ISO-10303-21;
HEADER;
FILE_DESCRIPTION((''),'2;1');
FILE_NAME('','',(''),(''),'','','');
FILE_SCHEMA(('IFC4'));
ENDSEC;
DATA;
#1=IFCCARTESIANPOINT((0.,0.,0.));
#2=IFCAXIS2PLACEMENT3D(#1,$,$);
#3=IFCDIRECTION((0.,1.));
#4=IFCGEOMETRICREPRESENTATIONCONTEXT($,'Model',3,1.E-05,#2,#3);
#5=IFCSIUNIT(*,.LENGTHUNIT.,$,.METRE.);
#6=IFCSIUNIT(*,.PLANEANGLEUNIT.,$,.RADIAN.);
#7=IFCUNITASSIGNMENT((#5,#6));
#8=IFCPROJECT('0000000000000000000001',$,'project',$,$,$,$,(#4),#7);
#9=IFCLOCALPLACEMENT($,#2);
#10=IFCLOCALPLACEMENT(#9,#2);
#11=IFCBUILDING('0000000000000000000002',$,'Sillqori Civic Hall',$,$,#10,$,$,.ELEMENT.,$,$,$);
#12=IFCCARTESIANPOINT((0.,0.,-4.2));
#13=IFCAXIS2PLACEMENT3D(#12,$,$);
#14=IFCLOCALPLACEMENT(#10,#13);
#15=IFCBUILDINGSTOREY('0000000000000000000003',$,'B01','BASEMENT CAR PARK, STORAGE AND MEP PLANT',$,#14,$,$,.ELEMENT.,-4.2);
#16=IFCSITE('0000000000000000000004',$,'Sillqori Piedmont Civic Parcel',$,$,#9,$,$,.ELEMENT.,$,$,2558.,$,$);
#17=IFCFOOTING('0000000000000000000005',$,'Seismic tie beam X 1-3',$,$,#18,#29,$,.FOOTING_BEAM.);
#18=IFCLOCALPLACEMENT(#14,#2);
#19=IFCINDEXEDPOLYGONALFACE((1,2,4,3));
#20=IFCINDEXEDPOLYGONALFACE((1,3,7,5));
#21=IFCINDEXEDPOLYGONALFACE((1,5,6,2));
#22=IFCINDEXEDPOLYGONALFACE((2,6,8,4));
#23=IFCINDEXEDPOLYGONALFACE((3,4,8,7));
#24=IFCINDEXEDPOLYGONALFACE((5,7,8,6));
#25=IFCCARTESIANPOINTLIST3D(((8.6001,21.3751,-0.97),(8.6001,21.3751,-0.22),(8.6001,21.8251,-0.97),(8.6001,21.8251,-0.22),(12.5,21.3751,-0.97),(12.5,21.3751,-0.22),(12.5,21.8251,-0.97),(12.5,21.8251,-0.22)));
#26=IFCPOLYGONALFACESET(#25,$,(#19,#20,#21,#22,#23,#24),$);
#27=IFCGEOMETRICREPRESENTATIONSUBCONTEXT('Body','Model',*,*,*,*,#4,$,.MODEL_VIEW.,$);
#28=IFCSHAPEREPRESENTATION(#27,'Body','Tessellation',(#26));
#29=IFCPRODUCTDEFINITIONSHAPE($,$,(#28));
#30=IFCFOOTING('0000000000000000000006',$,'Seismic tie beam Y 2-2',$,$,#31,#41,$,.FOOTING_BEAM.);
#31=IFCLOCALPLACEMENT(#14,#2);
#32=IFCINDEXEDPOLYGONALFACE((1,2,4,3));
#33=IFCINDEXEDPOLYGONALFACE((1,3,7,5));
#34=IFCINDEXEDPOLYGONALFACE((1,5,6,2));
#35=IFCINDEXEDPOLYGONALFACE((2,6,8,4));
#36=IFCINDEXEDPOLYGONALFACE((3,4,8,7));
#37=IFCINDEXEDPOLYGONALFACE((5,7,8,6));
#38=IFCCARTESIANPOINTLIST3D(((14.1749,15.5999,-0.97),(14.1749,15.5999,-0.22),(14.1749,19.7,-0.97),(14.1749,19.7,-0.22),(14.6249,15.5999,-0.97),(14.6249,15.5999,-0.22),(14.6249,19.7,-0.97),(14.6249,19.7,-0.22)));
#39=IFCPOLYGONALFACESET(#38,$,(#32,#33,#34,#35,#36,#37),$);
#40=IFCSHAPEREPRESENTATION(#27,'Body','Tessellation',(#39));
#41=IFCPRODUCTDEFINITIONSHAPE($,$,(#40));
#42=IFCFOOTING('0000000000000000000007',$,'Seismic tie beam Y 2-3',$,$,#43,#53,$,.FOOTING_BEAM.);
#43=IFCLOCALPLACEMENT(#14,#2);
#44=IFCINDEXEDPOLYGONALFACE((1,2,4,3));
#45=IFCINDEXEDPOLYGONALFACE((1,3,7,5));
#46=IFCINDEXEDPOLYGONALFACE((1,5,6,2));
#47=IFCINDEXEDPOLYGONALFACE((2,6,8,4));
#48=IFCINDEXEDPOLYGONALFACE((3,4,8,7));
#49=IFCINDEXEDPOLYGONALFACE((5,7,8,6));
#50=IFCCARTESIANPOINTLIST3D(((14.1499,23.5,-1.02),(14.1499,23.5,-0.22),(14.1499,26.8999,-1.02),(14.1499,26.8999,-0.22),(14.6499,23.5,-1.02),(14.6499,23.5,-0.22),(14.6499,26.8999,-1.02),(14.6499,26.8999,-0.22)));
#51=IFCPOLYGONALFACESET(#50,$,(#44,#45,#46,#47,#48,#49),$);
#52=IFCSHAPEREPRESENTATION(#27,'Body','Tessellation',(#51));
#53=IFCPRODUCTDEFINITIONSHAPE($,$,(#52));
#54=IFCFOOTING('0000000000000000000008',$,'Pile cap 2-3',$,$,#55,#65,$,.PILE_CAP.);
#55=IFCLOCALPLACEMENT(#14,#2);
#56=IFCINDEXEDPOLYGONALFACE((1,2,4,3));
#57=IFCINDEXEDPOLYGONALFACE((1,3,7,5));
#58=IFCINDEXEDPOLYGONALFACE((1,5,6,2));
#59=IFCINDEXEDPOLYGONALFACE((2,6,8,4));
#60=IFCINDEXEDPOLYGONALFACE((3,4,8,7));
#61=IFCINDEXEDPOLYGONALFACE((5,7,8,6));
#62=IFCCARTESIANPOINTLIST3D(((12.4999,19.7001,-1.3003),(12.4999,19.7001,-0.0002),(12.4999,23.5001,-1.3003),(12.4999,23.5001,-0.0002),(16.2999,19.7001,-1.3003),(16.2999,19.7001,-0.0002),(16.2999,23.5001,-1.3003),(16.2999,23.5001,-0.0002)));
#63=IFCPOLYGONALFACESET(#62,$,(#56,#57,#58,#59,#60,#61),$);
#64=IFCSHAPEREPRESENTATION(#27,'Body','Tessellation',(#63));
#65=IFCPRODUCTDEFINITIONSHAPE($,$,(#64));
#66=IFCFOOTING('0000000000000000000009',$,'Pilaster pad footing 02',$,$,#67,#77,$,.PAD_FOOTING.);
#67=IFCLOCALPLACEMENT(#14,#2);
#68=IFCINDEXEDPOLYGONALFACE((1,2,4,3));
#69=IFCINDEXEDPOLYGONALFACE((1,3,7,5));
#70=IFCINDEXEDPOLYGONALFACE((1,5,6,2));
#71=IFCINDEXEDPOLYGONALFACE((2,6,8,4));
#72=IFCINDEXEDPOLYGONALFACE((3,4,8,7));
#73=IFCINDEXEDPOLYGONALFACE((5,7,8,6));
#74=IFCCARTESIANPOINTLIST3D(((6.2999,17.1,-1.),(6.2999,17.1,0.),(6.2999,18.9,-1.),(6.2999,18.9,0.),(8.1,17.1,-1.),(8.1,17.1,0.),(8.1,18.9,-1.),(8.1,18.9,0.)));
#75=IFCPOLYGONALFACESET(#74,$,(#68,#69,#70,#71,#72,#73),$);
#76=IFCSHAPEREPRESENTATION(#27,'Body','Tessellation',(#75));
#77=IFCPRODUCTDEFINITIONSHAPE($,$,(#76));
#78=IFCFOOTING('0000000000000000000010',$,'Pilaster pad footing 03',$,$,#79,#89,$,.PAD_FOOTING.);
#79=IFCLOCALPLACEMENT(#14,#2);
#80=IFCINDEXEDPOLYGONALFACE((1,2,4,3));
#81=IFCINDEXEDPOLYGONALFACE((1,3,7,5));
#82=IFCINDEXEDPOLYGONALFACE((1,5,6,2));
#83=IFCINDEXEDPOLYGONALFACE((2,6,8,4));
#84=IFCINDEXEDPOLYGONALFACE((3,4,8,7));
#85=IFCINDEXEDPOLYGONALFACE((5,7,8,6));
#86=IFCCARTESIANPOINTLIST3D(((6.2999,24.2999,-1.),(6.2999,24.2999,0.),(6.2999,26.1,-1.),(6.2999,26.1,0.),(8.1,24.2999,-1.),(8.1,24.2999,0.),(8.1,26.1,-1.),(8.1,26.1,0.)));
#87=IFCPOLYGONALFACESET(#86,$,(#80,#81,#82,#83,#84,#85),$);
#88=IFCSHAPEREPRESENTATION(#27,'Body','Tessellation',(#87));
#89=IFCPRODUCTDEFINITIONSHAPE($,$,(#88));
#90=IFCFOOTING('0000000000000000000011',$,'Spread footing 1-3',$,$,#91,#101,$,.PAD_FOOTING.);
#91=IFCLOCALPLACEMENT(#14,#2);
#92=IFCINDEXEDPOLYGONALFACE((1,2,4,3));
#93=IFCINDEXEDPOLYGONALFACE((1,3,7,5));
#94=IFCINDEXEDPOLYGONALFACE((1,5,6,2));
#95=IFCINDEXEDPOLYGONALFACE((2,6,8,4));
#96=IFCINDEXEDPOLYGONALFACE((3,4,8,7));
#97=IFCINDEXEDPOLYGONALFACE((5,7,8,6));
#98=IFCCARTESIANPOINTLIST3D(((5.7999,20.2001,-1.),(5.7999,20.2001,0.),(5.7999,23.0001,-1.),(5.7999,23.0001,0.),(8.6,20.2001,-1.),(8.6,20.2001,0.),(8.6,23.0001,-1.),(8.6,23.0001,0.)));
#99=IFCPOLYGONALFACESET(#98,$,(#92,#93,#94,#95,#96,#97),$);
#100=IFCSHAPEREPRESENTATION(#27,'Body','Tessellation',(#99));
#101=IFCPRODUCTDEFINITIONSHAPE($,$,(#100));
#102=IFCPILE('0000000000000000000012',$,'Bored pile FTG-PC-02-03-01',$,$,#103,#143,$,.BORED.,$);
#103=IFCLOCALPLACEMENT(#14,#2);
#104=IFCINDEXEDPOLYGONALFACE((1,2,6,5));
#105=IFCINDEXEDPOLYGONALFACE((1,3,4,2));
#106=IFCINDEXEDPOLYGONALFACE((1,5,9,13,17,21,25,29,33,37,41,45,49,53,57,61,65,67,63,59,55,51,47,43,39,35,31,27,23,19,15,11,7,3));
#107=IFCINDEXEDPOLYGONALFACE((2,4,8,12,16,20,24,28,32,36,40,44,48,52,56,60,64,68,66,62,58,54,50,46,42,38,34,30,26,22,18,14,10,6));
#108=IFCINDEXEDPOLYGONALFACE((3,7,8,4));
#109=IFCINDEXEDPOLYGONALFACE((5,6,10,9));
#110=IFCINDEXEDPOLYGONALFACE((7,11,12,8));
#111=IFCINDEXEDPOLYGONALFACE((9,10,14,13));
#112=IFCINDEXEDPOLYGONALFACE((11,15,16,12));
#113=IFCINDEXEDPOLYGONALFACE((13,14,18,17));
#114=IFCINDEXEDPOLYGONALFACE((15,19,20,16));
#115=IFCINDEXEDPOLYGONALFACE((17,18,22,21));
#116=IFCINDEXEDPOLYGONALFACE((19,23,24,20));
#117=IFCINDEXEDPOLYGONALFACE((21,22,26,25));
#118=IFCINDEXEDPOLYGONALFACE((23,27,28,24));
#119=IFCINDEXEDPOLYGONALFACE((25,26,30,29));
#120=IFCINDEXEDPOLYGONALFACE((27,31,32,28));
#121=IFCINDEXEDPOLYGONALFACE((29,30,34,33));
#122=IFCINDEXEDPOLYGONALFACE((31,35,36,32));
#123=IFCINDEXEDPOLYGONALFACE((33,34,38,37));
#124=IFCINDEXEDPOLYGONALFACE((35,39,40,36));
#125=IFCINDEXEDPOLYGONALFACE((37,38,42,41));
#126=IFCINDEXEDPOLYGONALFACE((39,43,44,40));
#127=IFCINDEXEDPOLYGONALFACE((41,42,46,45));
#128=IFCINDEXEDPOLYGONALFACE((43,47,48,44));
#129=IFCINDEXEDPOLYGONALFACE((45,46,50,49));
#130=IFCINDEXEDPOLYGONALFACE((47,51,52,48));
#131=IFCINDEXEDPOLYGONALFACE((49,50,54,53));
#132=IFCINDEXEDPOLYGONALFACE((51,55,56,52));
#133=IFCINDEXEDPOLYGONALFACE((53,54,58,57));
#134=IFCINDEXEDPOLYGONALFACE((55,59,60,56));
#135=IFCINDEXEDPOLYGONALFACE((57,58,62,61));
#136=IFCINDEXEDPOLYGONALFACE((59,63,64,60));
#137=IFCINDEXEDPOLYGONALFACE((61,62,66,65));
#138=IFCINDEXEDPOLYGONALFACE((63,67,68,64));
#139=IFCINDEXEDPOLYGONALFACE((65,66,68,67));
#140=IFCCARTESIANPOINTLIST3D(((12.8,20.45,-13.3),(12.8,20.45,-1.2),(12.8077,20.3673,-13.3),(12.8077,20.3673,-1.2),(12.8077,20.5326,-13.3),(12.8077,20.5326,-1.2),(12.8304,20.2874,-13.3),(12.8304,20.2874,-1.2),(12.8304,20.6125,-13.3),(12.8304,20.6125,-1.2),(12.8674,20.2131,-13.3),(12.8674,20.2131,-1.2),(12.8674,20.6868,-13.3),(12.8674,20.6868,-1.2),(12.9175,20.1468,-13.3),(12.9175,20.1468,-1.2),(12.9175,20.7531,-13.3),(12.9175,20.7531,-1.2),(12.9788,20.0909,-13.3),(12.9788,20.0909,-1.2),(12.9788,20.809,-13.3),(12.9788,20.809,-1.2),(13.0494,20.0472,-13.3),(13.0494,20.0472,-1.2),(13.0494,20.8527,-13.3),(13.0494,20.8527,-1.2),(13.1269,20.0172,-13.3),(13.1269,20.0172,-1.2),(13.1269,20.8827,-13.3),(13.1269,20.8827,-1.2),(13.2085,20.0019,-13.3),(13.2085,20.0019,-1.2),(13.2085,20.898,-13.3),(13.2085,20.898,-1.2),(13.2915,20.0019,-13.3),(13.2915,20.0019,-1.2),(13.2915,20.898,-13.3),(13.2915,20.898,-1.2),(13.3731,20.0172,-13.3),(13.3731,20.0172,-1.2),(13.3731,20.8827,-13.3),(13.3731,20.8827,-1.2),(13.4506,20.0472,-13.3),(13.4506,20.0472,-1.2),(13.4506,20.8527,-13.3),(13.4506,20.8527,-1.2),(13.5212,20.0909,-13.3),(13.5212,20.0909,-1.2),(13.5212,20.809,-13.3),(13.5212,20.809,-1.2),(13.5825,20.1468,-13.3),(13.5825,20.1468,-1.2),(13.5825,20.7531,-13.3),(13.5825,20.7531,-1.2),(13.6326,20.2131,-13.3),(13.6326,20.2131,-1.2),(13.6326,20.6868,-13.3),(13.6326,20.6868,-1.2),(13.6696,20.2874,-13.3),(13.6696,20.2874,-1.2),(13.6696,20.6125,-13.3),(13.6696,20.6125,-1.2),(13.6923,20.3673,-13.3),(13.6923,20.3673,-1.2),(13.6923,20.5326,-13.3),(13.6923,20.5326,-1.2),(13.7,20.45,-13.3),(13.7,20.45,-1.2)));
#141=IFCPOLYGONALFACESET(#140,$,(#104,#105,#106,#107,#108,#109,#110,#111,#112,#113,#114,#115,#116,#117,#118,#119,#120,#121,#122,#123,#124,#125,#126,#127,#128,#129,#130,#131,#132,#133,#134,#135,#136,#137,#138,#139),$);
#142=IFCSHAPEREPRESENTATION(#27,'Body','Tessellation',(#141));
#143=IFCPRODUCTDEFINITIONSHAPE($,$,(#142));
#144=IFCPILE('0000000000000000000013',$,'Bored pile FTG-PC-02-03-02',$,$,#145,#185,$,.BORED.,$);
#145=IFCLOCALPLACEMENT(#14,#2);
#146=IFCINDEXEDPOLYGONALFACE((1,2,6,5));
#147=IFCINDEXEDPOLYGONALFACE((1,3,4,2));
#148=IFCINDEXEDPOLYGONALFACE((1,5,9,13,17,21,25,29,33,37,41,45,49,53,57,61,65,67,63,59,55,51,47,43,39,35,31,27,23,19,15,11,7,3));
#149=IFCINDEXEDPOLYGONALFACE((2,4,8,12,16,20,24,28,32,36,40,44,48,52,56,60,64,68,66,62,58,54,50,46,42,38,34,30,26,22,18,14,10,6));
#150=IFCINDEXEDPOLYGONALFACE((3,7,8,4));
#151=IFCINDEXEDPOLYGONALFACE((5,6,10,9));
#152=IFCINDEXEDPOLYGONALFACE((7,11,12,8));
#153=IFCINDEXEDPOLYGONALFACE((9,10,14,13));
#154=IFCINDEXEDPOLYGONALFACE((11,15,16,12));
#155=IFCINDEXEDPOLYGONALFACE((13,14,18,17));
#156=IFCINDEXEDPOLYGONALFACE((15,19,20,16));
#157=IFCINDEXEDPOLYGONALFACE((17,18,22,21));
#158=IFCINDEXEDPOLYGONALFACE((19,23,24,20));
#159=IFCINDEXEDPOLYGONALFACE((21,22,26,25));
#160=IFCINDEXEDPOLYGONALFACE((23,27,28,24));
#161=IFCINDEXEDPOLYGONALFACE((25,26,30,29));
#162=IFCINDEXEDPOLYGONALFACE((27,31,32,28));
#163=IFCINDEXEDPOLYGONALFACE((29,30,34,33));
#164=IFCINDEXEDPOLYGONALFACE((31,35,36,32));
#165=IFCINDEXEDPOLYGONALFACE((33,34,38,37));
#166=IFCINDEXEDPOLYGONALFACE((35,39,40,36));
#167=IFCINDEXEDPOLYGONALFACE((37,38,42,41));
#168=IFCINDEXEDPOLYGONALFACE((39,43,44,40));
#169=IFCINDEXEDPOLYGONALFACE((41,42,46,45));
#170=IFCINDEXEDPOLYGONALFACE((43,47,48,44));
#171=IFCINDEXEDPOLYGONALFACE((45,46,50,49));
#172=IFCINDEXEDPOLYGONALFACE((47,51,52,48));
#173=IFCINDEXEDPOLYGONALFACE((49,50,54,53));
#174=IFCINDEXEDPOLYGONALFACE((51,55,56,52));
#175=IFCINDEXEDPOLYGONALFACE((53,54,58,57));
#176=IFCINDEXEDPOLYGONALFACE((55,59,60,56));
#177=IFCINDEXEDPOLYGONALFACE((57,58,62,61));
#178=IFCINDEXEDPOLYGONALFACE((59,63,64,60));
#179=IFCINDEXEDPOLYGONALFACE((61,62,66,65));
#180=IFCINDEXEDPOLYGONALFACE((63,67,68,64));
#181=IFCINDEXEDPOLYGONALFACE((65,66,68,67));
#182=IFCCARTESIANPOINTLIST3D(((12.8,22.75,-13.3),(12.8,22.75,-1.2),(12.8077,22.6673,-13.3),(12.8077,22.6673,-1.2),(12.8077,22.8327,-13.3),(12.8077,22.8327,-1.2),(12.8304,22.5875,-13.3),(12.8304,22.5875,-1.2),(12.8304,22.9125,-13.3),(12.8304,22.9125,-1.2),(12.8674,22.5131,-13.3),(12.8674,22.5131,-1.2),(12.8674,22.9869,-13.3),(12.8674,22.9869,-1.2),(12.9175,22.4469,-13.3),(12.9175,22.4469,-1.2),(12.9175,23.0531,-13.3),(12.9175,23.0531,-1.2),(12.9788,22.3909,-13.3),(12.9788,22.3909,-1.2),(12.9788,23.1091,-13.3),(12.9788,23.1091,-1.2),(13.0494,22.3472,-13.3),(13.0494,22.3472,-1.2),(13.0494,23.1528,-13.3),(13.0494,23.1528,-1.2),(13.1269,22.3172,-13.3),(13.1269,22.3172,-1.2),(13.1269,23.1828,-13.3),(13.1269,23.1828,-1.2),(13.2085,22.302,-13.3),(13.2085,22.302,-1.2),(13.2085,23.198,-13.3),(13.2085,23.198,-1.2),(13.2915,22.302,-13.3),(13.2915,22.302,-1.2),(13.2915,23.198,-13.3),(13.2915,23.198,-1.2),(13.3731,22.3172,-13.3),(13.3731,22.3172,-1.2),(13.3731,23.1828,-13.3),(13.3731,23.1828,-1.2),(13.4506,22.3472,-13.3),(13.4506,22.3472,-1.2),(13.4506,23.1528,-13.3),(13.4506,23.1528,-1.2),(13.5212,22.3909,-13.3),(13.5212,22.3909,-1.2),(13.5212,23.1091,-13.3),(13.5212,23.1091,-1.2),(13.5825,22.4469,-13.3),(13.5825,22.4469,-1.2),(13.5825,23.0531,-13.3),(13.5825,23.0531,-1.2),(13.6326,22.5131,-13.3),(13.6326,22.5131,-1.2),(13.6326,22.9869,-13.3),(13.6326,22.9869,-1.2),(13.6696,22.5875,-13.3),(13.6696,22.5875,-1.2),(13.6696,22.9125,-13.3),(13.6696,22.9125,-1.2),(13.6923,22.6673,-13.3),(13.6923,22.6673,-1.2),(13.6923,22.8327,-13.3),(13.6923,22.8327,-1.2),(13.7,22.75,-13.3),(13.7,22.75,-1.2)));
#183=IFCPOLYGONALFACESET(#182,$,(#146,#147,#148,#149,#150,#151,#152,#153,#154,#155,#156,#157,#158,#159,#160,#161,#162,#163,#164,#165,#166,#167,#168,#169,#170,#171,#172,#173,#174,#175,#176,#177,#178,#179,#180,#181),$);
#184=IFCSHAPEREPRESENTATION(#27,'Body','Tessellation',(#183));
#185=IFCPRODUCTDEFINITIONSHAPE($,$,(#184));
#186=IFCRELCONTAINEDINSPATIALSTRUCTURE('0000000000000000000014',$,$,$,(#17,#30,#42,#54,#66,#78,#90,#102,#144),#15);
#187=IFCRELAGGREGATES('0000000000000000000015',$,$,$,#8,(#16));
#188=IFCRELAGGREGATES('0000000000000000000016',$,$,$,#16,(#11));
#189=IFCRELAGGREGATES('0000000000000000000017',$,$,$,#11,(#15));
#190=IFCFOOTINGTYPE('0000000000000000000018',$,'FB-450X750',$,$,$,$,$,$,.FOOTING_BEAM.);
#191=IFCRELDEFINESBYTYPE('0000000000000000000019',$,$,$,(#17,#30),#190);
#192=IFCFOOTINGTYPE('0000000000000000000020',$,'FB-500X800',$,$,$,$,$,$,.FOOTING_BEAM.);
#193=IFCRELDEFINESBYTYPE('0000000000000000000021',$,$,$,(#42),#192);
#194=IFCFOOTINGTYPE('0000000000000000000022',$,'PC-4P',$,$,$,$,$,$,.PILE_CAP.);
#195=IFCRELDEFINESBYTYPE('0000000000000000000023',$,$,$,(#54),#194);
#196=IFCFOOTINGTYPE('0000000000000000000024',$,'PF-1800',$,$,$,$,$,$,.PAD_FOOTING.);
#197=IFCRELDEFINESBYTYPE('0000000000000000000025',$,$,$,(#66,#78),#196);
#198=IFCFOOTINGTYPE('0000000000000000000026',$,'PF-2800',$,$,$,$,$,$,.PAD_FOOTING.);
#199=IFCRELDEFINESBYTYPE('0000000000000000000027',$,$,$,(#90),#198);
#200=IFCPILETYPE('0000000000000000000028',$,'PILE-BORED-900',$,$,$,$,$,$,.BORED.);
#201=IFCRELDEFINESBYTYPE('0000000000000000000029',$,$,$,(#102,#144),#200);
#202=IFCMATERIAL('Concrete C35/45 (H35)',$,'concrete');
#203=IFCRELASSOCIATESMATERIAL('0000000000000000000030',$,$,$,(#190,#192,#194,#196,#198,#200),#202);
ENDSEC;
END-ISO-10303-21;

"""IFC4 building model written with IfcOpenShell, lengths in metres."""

from ifc_helpers import new_model, si_unit, direction, frame, origin, origin_2d, place, context, subcontext, project, spatial, rectangle, circle, extrude, material, material_profile, profile_set, type_object, element, save


model = new_model("IFC4")

# Units and contexts
model_context = context("Model", 3, precision=1e-05, world=origin(), true_north=direction((0.0, 1.0)))
body_context = subcontext(model_context, "Body", "Model", "MODEL_VIEW")
ifc_project = project(units=[si_unit("LENGTHUNIT", "METRE"), si_unit("PLANEANGLEUNIT", "RADIAN")], contexts=[model_context])

# Site, building, storey
site_placement = place(None, origin())
site = spatial("IfcSite", under=ifc_project, at=site_placement, Name="Sillqori Piedmont Civic Parcel", CompositionType="ELEMENT", RefElevation=2558.0)
building_placement = place(site_placement, origin())
building = spatial("IfcBuilding", under=site, at=building_placement, Name="Sillqori Civic Hall", CompositionType="ELEMENT")
storey_placement = place(building_placement, frame((0.0, 0.0, -4.2)))
storey = spatial("IfcBuildingStorey", under=building, at=storey_placement, Name="B01", Description="BASEMENT CAR PARK, STORAGE AND MEP PLANT", CompositionType="ELEMENT", Elevation=-4.2)

# Footings
ifc_material = material(Name="Concrete C35/45 (H35)", Category="concrete")
footing_type_1 = type_object("IfcFootingType", Name="FB-450X750", PredefinedType="FOOTING_BEAM", material=ifc_material)
footing_1_placement = place(storey_placement, frame((10.55, 21.6001, -0.97), z_axis=(0.0, 0.0, 1.0), x_axis=(1.0, 0.0, 0.0)))
element("IfcFooting", 1, at=footing_1_placement, inside=storey, type_object=footing_type_1, Name="Seismic tie beam X 1-3", PredefinedType="FOOTING_BEAM", context=body_context, shape_type="SweptSolid", body=[
    extrude(rectangle(XDim=3.8999, YDim=0.45, at=origin_2d()), origin(), (0.0, 0.0, 1.0), 0.75),
])
footing_2_placement = place(storey_placement, frame((14.3999, 17.6499, -0.97), z_axis=(0.0, 0.0, 1.0), x_axis=(1.0, 0.0, 0.0)))
element("IfcFooting", 2, at=footing_2_placement, inside=storey, type_object=footing_type_1, Name="Seismic tie beam Y 2-2", PredefinedType="FOOTING_BEAM", context=body_context, shape_type="SweptSolid", body=[
    extrude(rectangle(XDim=0.45, YDim=4.1001, at=origin_2d()), origin(), (0.0, 0.0, 1.0), 0.75),
])
footing_type_2 = type_object("IfcFootingType", Name="FB-500X800", PredefinedType="FOOTING_BEAM", material=ifc_material)
footing_3_placement = place(storey_placement, frame((14.3999, 25.2, -1.02), z_axis=(0.0, 0.0, 1.0), x_axis=(1.0, 0.0, 0.0)))
element("IfcFooting", 3, at=footing_3_placement, inside=storey, type_object=footing_type_2, Name="Seismic tie beam Y 2-3", PredefinedType="FOOTING_BEAM", context=body_context, shape_type="SweptSolid", body=[
    extrude(rectangle(XDim=0.5, YDim=3.3999, at=origin_2d()), origin(), (0.0, 0.0, 1.0), 0.8),
])
footing_type_3 = type_object("IfcFootingType", Name="PC-4P", PredefinedType="PILE_CAP", material=ifc_material)
footing_4_placement = place(storey_placement, frame((14.3999, 21.6001, -1.3003), z_axis=(0.0, 0.0, 1.0), x_axis=(1.0, 0.0, 0.0)))
element("IfcFooting", 4, at=footing_4_placement, inside=storey, type_object=footing_type_3, Name="Pile cap 2-3", PredefinedType="PILE_CAP", context=body_context, shape_type="SweptSolid", body=[
    extrude(rectangle(XDim=3.8, YDim=3.8, at=origin_2d()), origin(), (0.0, 0.0, 1.0), 1.3),
])
footing_type_4 = type_object("IfcFootingType", Name="PF-1800", PredefinedType="PAD_FOOTING", material=ifc_material)
for number, where, z_axis, x_axis, name in (
    (5, (7.2, 18.0, -1.0), (0.0, 0.0, 1.0), (1.0, 0.0, 0.0), "Pilaster pad footing 02"),
    (6, (7.2, 25.2, -1.0), (0.0, 0.0, 1.0), (1.0, 0.0, 0.0), "Pilaster pad footing 03"),
):
    element("IfcFooting", number, at=place(storey_placement, frame(where, z_axis=z_axis, x_axis=x_axis)), inside=storey, type_object=footing_type_4, Name=name, PredefinedType="PAD_FOOTING", context=body_context, shape_type="SweptSolid", body=[
        extrude(rectangle(XDim=1.8, YDim=1.8, at=origin_2d()), origin(), (0.0, 0.0, 1.0), 1.0),
    ])
footing_type_5 = type_object("IfcFootingType", Name="PF-2800", PredefinedType="PAD_FOOTING", material=ifc_material)
footing_5_placement = place(storey_placement, frame((7.2, 21.6001, -1.0), z_axis=(0.0, 0.0, 1.0), x_axis=(1.0, 0.0, 0.0)))
element("IfcFooting", 7, at=footing_5_placement, inside=storey, type_object=footing_type_5, Name="Spread footing 1-3", PredefinedType="PAD_FOOTING", context=body_context, shape_type="SweptSolid", body=[
    extrude(rectangle(XDim=2.8, YDim=2.8, at=origin_2d()), origin(), (0.0, 0.0, 1.0), 1.0),
])

# Piles
ifc_material_profile_1 = material_profile(ifc_material, circle(Radius=0.45, at=origin_2d()), Name="BORED PILE 900")
ifc_profile_set_1 = profile_set([ifc_material_profile_1], Name="Concrete C35/45 (H35)")
pile_type = type_object("IfcPileType", Name="PILE-BORED-900", PredefinedType="BORED", material=ifc_profile_set_1)
for number, where, z_axis, x_axis, name in (
    (8, (13.25, 20.45, -1.2), (0.0, 0.0, -1.0), (1.0, 0.0, 0.0), "Bored pile FTG-PC-02-03-01"),
    (9, (13.25, 22.75, -1.2), (0.0, 0.0, -1.0), (1.0, 0.0, 0.0), "Bored pile FTG-PC-02-03-02"),
):
    element("IfcPile", number, at=place(storey_placement, frame(where, z_axis=z_axis, x_axis=x_axis)), inside=storey, type_object=pile_type, Name=name, PredefinedType="BORED", context=body_context, shape_type="SweptSolid", body=[
        extrude(circle(Radius=0.45, at=origin_2d()), origin(), (0.0, 0.0, 1.0), 12.1001),
    ])

save(model, "model.ifc")
